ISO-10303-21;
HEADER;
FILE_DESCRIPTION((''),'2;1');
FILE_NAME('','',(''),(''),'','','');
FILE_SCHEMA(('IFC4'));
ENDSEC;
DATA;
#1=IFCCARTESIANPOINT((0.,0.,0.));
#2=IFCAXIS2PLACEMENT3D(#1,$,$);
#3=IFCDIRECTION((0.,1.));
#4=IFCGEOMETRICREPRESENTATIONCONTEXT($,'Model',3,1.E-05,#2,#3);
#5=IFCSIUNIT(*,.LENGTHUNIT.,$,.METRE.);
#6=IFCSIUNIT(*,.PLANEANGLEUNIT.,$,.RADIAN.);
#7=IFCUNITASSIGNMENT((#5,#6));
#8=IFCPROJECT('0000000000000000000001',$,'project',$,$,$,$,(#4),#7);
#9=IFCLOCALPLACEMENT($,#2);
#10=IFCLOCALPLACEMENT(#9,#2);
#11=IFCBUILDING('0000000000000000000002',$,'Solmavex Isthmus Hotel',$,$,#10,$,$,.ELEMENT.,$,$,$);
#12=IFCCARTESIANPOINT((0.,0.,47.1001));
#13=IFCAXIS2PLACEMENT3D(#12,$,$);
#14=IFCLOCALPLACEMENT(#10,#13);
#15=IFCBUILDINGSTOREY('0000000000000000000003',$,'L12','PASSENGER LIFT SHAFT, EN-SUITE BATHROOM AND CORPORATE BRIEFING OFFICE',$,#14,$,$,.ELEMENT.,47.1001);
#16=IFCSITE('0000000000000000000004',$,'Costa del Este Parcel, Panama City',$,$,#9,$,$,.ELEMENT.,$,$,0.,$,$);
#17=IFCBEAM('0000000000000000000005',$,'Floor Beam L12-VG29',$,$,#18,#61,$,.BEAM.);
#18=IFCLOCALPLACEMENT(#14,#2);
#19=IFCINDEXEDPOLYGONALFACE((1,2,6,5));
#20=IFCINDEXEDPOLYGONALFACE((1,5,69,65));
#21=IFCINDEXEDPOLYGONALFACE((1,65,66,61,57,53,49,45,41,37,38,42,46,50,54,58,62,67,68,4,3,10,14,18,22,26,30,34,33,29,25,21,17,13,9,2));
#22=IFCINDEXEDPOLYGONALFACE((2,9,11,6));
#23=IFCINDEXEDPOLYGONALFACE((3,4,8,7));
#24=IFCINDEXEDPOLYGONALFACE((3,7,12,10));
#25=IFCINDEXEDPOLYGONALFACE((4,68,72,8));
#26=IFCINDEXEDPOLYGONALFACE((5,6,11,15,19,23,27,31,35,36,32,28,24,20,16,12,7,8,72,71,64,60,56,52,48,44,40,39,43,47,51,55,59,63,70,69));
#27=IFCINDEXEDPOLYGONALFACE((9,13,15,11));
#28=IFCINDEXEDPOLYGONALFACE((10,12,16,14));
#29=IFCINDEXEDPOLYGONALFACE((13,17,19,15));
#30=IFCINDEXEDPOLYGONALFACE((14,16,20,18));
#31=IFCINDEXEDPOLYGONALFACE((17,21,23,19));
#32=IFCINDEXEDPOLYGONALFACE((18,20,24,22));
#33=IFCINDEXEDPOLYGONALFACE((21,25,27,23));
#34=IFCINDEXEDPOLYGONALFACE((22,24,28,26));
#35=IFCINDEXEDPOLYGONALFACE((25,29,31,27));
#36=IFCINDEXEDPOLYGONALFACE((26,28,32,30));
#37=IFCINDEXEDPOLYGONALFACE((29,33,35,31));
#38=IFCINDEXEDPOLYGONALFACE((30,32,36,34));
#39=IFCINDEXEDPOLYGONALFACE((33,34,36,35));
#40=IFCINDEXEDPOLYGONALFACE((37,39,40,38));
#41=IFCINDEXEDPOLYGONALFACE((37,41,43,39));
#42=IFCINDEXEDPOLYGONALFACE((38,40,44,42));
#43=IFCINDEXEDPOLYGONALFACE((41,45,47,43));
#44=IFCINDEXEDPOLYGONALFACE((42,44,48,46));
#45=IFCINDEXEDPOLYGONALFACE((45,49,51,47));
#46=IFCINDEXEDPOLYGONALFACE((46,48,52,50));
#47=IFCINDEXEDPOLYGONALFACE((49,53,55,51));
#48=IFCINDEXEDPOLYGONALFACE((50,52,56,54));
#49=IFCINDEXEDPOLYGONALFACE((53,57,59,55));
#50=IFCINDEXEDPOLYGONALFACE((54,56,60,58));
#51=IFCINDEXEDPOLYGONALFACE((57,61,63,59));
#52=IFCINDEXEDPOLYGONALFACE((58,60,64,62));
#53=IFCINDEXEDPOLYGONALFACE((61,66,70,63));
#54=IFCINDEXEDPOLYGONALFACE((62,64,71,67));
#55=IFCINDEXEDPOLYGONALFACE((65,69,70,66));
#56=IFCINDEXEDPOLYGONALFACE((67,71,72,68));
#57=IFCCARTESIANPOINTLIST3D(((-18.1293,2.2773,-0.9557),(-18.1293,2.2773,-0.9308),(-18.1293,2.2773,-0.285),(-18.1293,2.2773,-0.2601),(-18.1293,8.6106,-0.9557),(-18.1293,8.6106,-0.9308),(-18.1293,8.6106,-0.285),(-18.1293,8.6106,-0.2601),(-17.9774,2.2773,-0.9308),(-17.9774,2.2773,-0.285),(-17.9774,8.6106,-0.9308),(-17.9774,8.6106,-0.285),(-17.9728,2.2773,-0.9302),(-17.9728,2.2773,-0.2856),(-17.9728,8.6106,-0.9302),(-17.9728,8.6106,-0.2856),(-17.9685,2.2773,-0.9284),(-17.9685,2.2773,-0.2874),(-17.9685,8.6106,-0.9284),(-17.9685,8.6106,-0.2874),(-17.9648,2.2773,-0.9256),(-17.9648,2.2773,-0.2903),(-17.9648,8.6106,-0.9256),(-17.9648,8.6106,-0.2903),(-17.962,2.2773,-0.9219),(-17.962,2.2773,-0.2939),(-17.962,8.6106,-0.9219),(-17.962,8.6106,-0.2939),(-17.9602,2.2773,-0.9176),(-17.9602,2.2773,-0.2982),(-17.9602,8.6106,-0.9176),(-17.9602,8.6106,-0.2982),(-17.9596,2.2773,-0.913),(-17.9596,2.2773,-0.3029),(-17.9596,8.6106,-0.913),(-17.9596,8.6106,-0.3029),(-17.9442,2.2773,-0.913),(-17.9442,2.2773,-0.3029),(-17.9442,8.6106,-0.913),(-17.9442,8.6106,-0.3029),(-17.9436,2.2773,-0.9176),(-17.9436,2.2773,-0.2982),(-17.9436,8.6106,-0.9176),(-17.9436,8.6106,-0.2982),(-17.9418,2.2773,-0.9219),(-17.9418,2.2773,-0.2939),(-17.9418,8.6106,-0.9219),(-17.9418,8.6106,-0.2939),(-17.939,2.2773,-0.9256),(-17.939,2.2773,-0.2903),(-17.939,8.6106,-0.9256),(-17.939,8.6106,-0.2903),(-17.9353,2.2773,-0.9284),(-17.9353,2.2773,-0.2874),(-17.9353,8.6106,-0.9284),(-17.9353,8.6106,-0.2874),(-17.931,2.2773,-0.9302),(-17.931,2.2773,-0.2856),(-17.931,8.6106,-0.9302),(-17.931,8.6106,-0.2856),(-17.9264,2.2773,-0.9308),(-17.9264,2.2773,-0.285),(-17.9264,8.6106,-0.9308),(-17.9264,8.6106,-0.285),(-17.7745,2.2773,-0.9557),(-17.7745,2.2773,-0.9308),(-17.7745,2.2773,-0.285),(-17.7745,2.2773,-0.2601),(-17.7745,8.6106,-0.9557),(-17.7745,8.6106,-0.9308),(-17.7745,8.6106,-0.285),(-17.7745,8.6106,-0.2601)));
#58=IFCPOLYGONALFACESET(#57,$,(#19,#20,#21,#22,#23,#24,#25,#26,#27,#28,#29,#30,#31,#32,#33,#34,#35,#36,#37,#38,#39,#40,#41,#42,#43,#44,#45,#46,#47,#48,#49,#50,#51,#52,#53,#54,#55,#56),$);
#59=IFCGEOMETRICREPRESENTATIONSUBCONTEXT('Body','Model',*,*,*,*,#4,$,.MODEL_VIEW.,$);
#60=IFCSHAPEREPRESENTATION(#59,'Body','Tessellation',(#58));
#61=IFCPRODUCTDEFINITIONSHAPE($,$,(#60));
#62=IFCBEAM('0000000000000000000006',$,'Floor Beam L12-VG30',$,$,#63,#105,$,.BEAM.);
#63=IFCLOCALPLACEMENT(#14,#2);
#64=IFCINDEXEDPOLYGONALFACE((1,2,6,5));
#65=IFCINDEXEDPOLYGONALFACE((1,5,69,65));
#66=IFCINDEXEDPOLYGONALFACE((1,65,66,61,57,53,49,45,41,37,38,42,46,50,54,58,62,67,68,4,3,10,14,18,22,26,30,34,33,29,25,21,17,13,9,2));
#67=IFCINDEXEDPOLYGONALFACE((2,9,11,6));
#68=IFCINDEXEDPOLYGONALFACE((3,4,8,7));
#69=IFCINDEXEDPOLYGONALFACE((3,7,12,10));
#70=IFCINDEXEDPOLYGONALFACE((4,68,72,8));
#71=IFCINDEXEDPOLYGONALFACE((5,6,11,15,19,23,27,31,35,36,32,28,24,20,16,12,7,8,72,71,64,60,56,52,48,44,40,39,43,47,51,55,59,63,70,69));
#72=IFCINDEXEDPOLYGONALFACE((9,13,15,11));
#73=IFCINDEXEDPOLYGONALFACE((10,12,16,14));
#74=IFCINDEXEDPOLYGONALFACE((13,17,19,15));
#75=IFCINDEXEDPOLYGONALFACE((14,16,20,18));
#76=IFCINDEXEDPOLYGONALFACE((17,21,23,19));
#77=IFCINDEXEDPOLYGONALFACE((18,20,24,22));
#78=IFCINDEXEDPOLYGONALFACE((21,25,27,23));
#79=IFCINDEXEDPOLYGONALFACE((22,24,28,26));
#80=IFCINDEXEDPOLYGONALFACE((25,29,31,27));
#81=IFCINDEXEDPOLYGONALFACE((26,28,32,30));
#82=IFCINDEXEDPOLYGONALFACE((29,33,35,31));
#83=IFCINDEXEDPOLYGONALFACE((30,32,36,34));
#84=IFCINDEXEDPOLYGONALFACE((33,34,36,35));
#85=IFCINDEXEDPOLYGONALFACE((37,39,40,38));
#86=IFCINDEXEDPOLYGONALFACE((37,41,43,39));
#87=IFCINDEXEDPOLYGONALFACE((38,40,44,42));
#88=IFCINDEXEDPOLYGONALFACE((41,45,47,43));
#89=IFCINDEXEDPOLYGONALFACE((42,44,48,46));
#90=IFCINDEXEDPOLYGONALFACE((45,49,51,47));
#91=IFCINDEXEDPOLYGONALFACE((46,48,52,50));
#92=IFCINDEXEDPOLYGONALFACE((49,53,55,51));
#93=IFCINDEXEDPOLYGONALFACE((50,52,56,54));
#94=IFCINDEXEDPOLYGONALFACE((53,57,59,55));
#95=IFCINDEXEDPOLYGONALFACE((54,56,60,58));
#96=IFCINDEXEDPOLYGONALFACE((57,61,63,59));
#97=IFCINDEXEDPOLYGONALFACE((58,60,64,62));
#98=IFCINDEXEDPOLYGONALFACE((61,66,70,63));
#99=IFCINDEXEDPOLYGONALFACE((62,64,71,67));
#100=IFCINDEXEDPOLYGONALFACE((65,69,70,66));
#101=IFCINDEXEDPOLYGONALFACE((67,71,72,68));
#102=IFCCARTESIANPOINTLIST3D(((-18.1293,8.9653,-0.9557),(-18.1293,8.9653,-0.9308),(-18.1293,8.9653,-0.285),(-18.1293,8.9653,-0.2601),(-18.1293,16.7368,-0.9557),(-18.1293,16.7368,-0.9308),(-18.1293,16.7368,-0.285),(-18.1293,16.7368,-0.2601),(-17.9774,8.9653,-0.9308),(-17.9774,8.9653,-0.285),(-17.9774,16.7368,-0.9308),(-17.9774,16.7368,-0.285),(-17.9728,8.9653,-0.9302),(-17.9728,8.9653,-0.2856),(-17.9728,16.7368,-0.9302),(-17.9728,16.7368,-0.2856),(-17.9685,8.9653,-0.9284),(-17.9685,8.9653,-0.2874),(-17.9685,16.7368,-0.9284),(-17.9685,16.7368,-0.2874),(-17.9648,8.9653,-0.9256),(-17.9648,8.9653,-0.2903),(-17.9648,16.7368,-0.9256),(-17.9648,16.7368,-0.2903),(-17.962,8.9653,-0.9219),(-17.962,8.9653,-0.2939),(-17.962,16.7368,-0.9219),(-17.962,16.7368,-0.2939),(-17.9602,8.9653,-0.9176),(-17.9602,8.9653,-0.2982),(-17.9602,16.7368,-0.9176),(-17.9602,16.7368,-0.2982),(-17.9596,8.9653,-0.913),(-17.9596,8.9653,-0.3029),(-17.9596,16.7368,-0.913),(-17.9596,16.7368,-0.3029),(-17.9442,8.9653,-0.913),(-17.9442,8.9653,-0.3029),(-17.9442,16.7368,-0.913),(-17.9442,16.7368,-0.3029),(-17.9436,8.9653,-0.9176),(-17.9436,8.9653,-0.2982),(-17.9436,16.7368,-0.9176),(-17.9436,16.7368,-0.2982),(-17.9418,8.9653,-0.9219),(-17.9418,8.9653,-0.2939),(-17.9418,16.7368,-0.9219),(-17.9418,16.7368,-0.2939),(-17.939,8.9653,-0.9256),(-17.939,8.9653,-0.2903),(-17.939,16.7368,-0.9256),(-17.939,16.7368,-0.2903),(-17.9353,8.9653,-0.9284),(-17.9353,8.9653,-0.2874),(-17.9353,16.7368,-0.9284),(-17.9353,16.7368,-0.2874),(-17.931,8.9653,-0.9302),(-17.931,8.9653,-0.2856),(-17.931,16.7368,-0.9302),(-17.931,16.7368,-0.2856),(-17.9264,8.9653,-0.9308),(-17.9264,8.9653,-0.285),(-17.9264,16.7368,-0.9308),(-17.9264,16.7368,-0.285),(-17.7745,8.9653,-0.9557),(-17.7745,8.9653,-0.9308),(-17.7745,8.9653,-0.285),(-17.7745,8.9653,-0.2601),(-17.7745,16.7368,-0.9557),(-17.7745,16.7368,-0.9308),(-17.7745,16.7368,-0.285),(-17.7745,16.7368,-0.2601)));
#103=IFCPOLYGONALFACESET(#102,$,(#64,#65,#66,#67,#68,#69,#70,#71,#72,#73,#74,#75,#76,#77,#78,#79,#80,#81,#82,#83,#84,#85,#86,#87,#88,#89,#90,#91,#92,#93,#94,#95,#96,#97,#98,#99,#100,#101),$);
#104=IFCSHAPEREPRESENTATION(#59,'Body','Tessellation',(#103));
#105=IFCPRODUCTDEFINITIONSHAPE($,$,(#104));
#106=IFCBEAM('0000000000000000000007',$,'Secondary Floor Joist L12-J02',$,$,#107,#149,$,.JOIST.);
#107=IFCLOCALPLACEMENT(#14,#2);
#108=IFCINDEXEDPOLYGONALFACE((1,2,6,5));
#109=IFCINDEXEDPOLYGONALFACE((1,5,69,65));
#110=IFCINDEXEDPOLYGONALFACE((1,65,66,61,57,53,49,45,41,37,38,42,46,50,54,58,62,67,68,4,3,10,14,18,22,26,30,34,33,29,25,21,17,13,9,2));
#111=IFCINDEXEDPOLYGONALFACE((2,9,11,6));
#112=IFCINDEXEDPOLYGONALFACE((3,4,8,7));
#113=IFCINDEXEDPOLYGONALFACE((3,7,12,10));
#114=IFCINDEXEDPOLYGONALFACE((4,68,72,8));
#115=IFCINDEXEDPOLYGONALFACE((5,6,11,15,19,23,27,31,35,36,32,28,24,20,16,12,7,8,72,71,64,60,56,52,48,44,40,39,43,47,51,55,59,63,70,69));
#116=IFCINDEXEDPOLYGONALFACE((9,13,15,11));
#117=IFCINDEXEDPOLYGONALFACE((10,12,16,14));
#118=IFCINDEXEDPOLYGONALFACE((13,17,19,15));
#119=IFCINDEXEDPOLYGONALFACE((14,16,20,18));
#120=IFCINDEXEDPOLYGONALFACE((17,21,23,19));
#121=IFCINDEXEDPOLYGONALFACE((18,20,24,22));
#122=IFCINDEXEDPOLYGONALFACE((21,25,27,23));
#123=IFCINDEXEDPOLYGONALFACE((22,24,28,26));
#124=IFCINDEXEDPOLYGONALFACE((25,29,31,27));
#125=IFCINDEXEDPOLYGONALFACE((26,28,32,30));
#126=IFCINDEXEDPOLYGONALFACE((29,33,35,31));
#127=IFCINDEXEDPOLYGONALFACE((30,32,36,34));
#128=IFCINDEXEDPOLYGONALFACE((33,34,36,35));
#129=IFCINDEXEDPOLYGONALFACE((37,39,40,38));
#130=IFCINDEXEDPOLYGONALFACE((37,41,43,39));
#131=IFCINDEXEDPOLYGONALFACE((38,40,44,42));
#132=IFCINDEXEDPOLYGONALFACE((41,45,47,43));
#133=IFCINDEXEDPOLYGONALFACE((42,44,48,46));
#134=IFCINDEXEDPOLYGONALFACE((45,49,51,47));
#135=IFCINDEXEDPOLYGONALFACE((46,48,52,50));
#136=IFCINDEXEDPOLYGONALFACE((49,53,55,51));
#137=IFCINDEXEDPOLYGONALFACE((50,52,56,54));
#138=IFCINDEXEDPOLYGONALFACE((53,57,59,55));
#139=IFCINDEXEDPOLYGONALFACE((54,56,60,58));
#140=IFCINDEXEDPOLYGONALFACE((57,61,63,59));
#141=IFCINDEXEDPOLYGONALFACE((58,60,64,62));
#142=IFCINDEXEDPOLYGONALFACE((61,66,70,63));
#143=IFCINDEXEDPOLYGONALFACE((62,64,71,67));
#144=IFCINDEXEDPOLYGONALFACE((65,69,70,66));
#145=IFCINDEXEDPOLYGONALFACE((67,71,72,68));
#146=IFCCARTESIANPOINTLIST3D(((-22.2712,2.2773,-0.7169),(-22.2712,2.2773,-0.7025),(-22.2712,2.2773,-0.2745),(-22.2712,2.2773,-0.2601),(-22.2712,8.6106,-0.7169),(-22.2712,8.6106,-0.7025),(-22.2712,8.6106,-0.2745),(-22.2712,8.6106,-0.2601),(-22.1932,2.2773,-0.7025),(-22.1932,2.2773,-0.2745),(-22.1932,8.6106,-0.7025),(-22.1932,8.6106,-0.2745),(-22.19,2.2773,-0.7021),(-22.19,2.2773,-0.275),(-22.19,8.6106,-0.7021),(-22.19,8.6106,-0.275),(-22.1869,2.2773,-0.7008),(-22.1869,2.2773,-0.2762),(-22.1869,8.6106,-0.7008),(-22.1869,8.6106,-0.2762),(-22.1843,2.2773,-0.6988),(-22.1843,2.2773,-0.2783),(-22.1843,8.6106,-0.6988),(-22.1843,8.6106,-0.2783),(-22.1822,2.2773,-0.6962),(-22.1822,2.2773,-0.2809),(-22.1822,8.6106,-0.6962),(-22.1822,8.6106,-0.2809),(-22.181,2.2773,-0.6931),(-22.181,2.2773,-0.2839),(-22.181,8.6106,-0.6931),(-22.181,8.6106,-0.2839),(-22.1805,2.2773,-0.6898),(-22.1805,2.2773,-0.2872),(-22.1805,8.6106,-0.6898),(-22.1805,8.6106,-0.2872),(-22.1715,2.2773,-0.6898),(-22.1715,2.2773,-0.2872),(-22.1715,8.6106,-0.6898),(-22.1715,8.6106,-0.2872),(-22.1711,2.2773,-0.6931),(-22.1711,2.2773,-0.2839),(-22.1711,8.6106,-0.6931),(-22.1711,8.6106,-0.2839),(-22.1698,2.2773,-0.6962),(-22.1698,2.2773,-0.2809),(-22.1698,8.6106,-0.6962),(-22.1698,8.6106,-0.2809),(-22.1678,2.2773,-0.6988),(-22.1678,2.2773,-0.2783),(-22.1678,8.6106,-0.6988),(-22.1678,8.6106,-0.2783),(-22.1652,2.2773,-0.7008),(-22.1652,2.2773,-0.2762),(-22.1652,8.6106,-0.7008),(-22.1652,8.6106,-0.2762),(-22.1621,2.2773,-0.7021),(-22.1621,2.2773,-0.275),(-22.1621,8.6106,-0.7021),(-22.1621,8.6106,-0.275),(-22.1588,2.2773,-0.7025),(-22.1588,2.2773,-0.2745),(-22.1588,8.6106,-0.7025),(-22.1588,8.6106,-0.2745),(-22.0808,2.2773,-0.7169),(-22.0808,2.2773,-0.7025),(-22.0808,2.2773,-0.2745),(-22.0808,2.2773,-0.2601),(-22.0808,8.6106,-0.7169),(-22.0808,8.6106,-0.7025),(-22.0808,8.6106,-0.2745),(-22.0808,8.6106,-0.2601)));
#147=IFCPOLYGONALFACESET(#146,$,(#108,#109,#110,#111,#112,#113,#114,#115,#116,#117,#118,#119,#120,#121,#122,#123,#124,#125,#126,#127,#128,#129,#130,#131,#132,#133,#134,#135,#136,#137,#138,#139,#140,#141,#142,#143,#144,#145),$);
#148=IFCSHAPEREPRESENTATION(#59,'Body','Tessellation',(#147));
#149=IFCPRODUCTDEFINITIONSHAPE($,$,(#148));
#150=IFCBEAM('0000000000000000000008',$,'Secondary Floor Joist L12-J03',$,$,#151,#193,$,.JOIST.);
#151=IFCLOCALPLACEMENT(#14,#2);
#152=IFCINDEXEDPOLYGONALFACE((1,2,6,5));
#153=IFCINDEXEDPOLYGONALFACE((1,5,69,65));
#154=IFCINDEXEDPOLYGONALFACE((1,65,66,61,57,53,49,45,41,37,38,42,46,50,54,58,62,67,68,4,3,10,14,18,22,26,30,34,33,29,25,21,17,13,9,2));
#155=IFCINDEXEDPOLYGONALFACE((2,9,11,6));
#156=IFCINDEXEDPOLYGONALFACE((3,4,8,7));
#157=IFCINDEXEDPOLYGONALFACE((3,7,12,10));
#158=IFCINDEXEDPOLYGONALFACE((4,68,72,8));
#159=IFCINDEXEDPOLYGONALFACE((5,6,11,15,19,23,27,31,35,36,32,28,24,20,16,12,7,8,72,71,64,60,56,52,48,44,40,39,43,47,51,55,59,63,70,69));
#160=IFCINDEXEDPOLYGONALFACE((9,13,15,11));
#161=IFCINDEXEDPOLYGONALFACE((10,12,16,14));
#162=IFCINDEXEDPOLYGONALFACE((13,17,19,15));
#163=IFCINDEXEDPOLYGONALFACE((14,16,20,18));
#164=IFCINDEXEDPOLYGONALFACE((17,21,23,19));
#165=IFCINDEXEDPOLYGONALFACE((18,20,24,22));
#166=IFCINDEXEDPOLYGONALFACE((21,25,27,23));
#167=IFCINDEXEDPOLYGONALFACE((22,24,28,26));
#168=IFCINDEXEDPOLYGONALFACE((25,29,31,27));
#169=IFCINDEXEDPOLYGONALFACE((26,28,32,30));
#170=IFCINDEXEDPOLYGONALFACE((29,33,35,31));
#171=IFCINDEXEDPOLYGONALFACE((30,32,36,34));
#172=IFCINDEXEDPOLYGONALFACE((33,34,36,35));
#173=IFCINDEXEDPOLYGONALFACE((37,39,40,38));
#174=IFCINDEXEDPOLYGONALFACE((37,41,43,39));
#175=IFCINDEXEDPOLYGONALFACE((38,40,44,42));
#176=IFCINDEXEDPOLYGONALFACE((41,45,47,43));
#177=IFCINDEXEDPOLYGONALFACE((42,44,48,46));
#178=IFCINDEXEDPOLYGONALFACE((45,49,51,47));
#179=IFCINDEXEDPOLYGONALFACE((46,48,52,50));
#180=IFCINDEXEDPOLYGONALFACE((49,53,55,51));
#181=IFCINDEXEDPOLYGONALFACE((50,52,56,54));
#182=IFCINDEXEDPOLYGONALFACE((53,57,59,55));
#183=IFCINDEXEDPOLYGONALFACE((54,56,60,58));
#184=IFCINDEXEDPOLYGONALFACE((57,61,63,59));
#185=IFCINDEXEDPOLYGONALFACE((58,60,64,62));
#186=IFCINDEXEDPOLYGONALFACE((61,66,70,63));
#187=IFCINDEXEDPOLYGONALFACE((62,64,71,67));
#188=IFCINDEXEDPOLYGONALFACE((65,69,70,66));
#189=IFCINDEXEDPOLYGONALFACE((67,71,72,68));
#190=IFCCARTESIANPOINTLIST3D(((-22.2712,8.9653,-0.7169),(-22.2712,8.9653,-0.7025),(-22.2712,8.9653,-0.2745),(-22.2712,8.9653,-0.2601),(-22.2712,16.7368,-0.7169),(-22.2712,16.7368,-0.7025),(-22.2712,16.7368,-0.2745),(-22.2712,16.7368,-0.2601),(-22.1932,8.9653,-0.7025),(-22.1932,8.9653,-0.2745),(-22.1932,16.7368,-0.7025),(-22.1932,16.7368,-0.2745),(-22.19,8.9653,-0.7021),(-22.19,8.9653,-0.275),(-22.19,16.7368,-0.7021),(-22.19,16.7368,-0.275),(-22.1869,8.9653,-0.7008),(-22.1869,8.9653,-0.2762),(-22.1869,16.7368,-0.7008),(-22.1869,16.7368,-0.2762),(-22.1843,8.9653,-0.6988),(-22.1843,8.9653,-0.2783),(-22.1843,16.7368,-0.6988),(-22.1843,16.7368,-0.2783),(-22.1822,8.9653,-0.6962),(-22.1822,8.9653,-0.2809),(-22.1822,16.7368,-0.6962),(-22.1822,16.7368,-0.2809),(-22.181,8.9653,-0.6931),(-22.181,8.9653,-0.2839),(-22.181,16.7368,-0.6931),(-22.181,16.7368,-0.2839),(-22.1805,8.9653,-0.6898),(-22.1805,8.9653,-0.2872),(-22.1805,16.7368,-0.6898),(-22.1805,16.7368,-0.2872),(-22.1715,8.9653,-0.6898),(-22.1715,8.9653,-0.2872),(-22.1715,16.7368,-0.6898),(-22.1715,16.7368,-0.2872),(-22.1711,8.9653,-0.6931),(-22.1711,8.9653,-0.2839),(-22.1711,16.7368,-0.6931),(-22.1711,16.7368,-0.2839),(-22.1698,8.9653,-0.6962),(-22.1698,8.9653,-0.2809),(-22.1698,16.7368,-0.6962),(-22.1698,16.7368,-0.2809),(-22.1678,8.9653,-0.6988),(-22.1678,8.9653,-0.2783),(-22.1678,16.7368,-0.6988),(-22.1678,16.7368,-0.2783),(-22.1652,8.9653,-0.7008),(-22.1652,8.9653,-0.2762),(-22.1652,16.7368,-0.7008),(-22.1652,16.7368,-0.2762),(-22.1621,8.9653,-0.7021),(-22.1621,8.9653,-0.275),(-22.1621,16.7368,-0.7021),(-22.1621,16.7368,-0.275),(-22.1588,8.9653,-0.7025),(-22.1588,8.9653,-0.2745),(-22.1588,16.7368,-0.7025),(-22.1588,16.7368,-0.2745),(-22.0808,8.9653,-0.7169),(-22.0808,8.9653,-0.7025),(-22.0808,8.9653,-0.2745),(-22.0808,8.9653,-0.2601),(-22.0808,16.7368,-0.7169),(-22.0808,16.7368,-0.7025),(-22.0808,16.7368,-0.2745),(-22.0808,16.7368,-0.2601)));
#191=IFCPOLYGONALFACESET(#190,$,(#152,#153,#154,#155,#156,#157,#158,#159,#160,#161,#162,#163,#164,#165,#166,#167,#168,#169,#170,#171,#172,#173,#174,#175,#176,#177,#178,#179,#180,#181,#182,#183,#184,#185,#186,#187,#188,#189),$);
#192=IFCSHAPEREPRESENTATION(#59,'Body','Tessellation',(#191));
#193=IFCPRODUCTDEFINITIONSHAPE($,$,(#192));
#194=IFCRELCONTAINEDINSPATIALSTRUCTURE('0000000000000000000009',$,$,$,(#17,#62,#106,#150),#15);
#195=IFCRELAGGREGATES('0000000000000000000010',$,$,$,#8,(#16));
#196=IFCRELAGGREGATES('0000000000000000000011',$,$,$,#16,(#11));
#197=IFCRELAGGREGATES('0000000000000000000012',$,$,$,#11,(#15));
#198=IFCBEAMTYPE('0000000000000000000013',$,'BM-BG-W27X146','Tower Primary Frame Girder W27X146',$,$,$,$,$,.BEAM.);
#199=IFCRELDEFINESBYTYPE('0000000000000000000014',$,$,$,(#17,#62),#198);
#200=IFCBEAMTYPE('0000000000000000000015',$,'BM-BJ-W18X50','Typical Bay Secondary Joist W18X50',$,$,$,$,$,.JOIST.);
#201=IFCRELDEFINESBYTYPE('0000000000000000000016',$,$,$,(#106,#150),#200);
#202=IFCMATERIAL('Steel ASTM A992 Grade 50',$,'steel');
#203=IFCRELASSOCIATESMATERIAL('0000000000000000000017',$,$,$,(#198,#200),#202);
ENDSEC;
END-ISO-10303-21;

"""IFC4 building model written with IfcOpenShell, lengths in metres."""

from ifc_helpers import new_model, si_unit, direction, frame, origin, origin_2d, place, context, subcontext, project, spatial, i_section, extrude, material, material_profile, profile_set, type_object, element, save


model = new_model("IFC4")

# Units and contexts
model_context = context("Model", 3, precision=1e-05, world=origin(), true_north=direction((0.0, 1.0)))
body_context = subcontext(model_context, "Body", "Model", "MODEL_VIEW")
ifc_project = project(units=[si_unit("LENGTHUNIT", "METRE"), si_unit("PLANEANGLEUNIT", "RADIAN")], contexts=[model_context])

# Site, building, storey
site_placement = place(None, origin())
site = spatial("IfcSite", under=ifc_project, at=site_placement, Name="Costa del Este Parcel, Panama City", CompositionType="ELEMENT", RefElevation=0.0)
building_placement = place(site_placement, origin())
building = spatial("IfcBuilding", under=site, at=building_placement, Name="Solmavex Isthmus Hotel", CompositionType="ELEMENT")
storey_placement = place(building_placement, frame((0.0, 0.0, 47.1001)))
storey = spatial("IfcBuildingStorey", under=building, at=storey_placement, Name="L12", Description="PASSENGER LIFT SHAFT, EN-SUITE BATHROOM AND CORPORATE BRIEFING OFFICE", CompositionType="ELEMENT", Elevation=47.1001)

# Beams
ifc_material_1 = material(Name="Steel ASTM A992 Grade 50", Category="steel")
ifc_material_profile_1 = material_profile(ifc_material_1, i_section(OverallWidth=0.3547, OverallDepth=0.6956, WebThickness=0.0154, FlangeThickness=0.0249, FilletRadius=0.0178, at=origin_2d()), Name="W27X146")
ifc_profile_set_1 = profile_set([ifc_material_profile_1], Name="Steel ASTM A992 Grade 50")
beam_type_1 = type_object("IfcBeamType", Name="BM-BG-W27X146", Description="Tower Primary Frame Girder W27X146", PredefinedType="BEAM", material=ifc_profile_set_1)
beam_1_placement = place(storey_placement, frame((-17.9519, 2.2773, -0.6079), z_axis=(0.0, 1.0, 0.0), x_axis=(-1.0, 0.0, 0.0)))
element("IfcBeam", 1, at=beam_1_placement, inside=storey, type_object=beam_type_1, Name="Floor Beam L12-VG29", PredefinedType="BEAM", context=body_context, shape_type="SweptSolid", body=[
    extrude(i_section(OverallWidth=0.3547, OverallDepth=0.6956, WebThickness=0.0154, FlangeThickness=0.0249, FilletRadius=0.0178, at=origin_2d()), origin(), (0.0, 0.0, 1.0), 6.3333),
])
beam_2_placement = place(storey_placement, frame((-17.9519, 8.9653, -0.6079), z_axis=(0.0, 1.0, 0.0), x_axis=(-1.0, 0.0, 0.0)))
element("IfcBeam", 2, at=beam_2_placement, inside=storey, type_object=beam_type_1, Name="Floor Beam L12-VG30", PredefinedType="BEAM", context=body_context, shape_type="SweptSolid", body=[
    extrude(i_section(OverallWidth=0.3547, OverallDepth=0.6956, WebThickness=0.0154, FlangeThickness=0.0249, FilletRadius=0.0178, at=origin_2d()), origin(), (0.0, 0.0, 1.0), 7.7715),
])
ifc_material_profile_2 = material_profile(ifc_material_1, i_section(OverallWidth=0.1904, OverallDepth=0.4568, WebThickness=0.009, FlangeThickness=0.0144, FilletRadius=0.0127, at=origin_2d()), Name="W18X50")
ifc_profile_set_2 = profile_set([ifc_material_profile_2], Name="Steel ASTM A992 Grade 50")
beam_type_2 = type_object("IfcBeamType", Name="BM-BJ-W18X50", Description="Typical Bay Secondary Joist W18X50", PredefinedType="JOIST", material=ifc_profile_set_2)
beam_3_placement = place(storey_placement, frame((-22.176, 2.2773, -0.4885), z_axis=(0.0, 1.0, 0.0), x_axis=(-1.0, 0.0, 0.0)))
element("IfcBeam", 3, at=beam_3_placement, inside=storey, type_object=beam_type_2, Name="Secondary Floor Joist L12-J02", PredefinedType="JOIST", context=body_context, shape_type="SweptSolid", body=[
    extrude(i_section(OverallWidth=0.1904, OverallDepth=0.4568, WebThickness=0.009, FlangeThickness=0.0144, FilletRadius=0.0127, at=origin_2d()), origin(), (0.0, 0.0, 1.0), 6.3333),
])
beam_4_placement = place(storey_placement, frame((-22.176, 8.9653, -0.4885), z_axis=(0.0, 1.0, 0.0), x_axis=(-1.0, 0.0, 0.0)))
element("IfcBeam", 4, at=beam_4_placement, inside=storey, type_object=beam_type_2, Name="Secondary Floor Joist L12-J03", PredefinedType="JOIST", context=body_context, shape_type="SweptSolid", body=[
    extrude(i_section(OverallWidth=0.1904, OverallDepth=0.4568, WebThickness=0.009, FlangeThickness=0.0144, FilletRadius=0.0127, at=origin_2d()), origin(), (0.0, 0.0, 1.0), 7.7715),
])

save(model, "model.ifc")
